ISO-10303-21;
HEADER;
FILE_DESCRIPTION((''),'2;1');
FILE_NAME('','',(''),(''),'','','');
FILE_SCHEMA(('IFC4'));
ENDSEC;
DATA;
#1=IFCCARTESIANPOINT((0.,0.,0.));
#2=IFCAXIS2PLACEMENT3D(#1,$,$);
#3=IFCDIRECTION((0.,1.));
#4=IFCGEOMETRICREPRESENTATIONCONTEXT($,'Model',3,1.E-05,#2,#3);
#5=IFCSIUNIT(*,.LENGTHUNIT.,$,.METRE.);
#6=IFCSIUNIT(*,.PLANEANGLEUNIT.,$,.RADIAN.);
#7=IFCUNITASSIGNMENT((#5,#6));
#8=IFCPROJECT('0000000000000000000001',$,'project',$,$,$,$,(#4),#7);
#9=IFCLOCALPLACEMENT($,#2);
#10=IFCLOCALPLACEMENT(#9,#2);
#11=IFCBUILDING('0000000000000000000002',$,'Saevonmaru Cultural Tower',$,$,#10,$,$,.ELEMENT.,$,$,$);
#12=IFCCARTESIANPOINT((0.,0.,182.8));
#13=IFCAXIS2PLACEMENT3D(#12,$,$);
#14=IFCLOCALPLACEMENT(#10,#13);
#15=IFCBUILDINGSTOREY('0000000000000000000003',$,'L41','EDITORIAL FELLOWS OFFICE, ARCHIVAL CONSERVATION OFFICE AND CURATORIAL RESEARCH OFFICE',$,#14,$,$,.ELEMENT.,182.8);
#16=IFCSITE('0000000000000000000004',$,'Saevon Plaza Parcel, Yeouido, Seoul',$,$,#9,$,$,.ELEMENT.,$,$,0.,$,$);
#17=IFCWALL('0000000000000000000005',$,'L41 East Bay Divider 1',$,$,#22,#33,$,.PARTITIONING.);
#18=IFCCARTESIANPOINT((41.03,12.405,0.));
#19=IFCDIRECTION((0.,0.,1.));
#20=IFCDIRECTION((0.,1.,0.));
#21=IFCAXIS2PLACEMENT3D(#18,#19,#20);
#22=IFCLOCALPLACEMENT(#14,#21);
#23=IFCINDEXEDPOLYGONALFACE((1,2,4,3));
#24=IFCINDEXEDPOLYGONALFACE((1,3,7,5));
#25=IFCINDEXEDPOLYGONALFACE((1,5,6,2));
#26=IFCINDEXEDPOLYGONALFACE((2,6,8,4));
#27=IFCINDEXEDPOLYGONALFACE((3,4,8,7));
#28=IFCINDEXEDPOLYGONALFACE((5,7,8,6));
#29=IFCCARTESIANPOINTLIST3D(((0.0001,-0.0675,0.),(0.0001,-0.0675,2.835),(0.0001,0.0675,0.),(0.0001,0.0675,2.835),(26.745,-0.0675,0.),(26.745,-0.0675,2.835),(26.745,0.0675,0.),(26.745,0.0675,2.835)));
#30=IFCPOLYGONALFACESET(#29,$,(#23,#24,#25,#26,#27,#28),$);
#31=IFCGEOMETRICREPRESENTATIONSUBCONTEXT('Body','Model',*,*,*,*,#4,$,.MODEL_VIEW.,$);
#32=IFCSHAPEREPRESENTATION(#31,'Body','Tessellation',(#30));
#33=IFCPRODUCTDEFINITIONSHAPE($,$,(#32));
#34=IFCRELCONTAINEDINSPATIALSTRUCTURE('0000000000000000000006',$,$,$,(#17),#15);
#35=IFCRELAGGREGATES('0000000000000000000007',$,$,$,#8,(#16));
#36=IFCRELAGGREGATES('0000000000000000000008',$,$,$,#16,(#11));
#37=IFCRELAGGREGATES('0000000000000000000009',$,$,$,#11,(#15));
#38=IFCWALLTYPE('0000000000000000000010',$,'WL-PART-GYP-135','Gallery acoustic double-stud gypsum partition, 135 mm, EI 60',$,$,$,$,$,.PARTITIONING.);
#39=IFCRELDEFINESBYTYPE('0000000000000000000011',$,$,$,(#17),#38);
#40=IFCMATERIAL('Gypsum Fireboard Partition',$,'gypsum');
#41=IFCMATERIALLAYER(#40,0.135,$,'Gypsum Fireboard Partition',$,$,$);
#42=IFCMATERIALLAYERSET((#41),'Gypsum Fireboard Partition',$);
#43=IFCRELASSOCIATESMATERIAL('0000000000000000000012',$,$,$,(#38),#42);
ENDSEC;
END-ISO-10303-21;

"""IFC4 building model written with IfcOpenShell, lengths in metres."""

from ifc_helpers import new_model, si_unit, direction, frame, frame_2d, origin, place, context, subcontext, project, spatial, rectangle, extrude, material, layer, layer_set, type_object, element, save


model = new_model("IFC4")

# Units and contexts
model_context = context("Model", 3, precision=1e-05, world=origin(), true_north=direction((0.0, 1.0)))
body_context = subcontext(model_context, "Body", "Model", "MODEL_VIEW")
ifc_project = project(units=[si_unit("LENGTHUNIT", "METRE"), si_unit("PLANEANGLEUNIT", "RADIAN")], contexts=[model_context])

# Site, building, storey
site_placement = place(None, origin())
site = spatial("IfcSite", under=ifc_project, at=site_placement, Name="Saevon Plaza Parcel, Yeouido, Seoul", CompositionType="ELEMENT", RefElevation=0.0)
building_placement = place(site_placement, origin())
building = spatial("IfcBuilding", under=site, at=building_placement, Name="Saevonmaru Cultural Tower", CompositionType="ELEMENT")
storey_placement = place(building_placement, frame((0.0, 0.0, 182.8)))
storey = spatial("IfcBuildingStorey", under=building, at=storey_placement, Name="L41", Description="EDITORIAL FELLOWS OFFICE, ARCHIVAL CONSERVATION OFFICE AND CURATORIAL RESEARCH OFFICE", CompositionType="ELEMENT", Elevation=182.8)

# Wall
ifc_material_1 = material(Name="Gypsum Fireboard Partition", Category="gypsum")
ifc_layer_1 = layer(ifc_material_1, 0.135, Name="Gypsum Fireboard Partition")
ifc_layer_set_1 = layer_set([ifc_layer_1], Name="Gypsum Fireboard Partition")
wall_type_1 = type_object("IfcWallType", Name="WL-PART-GYP-135", Description="Gallery acoustic double-stud gypsum partition, 135 mm, EI 60", PredefinedType="PARTITIONING", material=ifc_layer_set_1)
wall_1_placement = place(storey_placement, frame((41.03, 12.405, 0.0), z_axis=(0.0, 0.0, 1.0), x_axis=(0.0, 1.0, 0.0)))
element("IfcWall", 1, at=wall_1_placement, inside=storey, type_object=wall_type_1, Name="L41 East Bay Divider 1", PredefinedType="PARTITIONING", context=body_context, shape_type="SweptSolid", body=[
    extrude(rectangle(XDim=26.7449, YDim=0.135, at=frame_2d((13.3726, 0.0))), origin(), (0.0, 0.0, 1.0), 2.835),
])

save(model, "model.ifc")
